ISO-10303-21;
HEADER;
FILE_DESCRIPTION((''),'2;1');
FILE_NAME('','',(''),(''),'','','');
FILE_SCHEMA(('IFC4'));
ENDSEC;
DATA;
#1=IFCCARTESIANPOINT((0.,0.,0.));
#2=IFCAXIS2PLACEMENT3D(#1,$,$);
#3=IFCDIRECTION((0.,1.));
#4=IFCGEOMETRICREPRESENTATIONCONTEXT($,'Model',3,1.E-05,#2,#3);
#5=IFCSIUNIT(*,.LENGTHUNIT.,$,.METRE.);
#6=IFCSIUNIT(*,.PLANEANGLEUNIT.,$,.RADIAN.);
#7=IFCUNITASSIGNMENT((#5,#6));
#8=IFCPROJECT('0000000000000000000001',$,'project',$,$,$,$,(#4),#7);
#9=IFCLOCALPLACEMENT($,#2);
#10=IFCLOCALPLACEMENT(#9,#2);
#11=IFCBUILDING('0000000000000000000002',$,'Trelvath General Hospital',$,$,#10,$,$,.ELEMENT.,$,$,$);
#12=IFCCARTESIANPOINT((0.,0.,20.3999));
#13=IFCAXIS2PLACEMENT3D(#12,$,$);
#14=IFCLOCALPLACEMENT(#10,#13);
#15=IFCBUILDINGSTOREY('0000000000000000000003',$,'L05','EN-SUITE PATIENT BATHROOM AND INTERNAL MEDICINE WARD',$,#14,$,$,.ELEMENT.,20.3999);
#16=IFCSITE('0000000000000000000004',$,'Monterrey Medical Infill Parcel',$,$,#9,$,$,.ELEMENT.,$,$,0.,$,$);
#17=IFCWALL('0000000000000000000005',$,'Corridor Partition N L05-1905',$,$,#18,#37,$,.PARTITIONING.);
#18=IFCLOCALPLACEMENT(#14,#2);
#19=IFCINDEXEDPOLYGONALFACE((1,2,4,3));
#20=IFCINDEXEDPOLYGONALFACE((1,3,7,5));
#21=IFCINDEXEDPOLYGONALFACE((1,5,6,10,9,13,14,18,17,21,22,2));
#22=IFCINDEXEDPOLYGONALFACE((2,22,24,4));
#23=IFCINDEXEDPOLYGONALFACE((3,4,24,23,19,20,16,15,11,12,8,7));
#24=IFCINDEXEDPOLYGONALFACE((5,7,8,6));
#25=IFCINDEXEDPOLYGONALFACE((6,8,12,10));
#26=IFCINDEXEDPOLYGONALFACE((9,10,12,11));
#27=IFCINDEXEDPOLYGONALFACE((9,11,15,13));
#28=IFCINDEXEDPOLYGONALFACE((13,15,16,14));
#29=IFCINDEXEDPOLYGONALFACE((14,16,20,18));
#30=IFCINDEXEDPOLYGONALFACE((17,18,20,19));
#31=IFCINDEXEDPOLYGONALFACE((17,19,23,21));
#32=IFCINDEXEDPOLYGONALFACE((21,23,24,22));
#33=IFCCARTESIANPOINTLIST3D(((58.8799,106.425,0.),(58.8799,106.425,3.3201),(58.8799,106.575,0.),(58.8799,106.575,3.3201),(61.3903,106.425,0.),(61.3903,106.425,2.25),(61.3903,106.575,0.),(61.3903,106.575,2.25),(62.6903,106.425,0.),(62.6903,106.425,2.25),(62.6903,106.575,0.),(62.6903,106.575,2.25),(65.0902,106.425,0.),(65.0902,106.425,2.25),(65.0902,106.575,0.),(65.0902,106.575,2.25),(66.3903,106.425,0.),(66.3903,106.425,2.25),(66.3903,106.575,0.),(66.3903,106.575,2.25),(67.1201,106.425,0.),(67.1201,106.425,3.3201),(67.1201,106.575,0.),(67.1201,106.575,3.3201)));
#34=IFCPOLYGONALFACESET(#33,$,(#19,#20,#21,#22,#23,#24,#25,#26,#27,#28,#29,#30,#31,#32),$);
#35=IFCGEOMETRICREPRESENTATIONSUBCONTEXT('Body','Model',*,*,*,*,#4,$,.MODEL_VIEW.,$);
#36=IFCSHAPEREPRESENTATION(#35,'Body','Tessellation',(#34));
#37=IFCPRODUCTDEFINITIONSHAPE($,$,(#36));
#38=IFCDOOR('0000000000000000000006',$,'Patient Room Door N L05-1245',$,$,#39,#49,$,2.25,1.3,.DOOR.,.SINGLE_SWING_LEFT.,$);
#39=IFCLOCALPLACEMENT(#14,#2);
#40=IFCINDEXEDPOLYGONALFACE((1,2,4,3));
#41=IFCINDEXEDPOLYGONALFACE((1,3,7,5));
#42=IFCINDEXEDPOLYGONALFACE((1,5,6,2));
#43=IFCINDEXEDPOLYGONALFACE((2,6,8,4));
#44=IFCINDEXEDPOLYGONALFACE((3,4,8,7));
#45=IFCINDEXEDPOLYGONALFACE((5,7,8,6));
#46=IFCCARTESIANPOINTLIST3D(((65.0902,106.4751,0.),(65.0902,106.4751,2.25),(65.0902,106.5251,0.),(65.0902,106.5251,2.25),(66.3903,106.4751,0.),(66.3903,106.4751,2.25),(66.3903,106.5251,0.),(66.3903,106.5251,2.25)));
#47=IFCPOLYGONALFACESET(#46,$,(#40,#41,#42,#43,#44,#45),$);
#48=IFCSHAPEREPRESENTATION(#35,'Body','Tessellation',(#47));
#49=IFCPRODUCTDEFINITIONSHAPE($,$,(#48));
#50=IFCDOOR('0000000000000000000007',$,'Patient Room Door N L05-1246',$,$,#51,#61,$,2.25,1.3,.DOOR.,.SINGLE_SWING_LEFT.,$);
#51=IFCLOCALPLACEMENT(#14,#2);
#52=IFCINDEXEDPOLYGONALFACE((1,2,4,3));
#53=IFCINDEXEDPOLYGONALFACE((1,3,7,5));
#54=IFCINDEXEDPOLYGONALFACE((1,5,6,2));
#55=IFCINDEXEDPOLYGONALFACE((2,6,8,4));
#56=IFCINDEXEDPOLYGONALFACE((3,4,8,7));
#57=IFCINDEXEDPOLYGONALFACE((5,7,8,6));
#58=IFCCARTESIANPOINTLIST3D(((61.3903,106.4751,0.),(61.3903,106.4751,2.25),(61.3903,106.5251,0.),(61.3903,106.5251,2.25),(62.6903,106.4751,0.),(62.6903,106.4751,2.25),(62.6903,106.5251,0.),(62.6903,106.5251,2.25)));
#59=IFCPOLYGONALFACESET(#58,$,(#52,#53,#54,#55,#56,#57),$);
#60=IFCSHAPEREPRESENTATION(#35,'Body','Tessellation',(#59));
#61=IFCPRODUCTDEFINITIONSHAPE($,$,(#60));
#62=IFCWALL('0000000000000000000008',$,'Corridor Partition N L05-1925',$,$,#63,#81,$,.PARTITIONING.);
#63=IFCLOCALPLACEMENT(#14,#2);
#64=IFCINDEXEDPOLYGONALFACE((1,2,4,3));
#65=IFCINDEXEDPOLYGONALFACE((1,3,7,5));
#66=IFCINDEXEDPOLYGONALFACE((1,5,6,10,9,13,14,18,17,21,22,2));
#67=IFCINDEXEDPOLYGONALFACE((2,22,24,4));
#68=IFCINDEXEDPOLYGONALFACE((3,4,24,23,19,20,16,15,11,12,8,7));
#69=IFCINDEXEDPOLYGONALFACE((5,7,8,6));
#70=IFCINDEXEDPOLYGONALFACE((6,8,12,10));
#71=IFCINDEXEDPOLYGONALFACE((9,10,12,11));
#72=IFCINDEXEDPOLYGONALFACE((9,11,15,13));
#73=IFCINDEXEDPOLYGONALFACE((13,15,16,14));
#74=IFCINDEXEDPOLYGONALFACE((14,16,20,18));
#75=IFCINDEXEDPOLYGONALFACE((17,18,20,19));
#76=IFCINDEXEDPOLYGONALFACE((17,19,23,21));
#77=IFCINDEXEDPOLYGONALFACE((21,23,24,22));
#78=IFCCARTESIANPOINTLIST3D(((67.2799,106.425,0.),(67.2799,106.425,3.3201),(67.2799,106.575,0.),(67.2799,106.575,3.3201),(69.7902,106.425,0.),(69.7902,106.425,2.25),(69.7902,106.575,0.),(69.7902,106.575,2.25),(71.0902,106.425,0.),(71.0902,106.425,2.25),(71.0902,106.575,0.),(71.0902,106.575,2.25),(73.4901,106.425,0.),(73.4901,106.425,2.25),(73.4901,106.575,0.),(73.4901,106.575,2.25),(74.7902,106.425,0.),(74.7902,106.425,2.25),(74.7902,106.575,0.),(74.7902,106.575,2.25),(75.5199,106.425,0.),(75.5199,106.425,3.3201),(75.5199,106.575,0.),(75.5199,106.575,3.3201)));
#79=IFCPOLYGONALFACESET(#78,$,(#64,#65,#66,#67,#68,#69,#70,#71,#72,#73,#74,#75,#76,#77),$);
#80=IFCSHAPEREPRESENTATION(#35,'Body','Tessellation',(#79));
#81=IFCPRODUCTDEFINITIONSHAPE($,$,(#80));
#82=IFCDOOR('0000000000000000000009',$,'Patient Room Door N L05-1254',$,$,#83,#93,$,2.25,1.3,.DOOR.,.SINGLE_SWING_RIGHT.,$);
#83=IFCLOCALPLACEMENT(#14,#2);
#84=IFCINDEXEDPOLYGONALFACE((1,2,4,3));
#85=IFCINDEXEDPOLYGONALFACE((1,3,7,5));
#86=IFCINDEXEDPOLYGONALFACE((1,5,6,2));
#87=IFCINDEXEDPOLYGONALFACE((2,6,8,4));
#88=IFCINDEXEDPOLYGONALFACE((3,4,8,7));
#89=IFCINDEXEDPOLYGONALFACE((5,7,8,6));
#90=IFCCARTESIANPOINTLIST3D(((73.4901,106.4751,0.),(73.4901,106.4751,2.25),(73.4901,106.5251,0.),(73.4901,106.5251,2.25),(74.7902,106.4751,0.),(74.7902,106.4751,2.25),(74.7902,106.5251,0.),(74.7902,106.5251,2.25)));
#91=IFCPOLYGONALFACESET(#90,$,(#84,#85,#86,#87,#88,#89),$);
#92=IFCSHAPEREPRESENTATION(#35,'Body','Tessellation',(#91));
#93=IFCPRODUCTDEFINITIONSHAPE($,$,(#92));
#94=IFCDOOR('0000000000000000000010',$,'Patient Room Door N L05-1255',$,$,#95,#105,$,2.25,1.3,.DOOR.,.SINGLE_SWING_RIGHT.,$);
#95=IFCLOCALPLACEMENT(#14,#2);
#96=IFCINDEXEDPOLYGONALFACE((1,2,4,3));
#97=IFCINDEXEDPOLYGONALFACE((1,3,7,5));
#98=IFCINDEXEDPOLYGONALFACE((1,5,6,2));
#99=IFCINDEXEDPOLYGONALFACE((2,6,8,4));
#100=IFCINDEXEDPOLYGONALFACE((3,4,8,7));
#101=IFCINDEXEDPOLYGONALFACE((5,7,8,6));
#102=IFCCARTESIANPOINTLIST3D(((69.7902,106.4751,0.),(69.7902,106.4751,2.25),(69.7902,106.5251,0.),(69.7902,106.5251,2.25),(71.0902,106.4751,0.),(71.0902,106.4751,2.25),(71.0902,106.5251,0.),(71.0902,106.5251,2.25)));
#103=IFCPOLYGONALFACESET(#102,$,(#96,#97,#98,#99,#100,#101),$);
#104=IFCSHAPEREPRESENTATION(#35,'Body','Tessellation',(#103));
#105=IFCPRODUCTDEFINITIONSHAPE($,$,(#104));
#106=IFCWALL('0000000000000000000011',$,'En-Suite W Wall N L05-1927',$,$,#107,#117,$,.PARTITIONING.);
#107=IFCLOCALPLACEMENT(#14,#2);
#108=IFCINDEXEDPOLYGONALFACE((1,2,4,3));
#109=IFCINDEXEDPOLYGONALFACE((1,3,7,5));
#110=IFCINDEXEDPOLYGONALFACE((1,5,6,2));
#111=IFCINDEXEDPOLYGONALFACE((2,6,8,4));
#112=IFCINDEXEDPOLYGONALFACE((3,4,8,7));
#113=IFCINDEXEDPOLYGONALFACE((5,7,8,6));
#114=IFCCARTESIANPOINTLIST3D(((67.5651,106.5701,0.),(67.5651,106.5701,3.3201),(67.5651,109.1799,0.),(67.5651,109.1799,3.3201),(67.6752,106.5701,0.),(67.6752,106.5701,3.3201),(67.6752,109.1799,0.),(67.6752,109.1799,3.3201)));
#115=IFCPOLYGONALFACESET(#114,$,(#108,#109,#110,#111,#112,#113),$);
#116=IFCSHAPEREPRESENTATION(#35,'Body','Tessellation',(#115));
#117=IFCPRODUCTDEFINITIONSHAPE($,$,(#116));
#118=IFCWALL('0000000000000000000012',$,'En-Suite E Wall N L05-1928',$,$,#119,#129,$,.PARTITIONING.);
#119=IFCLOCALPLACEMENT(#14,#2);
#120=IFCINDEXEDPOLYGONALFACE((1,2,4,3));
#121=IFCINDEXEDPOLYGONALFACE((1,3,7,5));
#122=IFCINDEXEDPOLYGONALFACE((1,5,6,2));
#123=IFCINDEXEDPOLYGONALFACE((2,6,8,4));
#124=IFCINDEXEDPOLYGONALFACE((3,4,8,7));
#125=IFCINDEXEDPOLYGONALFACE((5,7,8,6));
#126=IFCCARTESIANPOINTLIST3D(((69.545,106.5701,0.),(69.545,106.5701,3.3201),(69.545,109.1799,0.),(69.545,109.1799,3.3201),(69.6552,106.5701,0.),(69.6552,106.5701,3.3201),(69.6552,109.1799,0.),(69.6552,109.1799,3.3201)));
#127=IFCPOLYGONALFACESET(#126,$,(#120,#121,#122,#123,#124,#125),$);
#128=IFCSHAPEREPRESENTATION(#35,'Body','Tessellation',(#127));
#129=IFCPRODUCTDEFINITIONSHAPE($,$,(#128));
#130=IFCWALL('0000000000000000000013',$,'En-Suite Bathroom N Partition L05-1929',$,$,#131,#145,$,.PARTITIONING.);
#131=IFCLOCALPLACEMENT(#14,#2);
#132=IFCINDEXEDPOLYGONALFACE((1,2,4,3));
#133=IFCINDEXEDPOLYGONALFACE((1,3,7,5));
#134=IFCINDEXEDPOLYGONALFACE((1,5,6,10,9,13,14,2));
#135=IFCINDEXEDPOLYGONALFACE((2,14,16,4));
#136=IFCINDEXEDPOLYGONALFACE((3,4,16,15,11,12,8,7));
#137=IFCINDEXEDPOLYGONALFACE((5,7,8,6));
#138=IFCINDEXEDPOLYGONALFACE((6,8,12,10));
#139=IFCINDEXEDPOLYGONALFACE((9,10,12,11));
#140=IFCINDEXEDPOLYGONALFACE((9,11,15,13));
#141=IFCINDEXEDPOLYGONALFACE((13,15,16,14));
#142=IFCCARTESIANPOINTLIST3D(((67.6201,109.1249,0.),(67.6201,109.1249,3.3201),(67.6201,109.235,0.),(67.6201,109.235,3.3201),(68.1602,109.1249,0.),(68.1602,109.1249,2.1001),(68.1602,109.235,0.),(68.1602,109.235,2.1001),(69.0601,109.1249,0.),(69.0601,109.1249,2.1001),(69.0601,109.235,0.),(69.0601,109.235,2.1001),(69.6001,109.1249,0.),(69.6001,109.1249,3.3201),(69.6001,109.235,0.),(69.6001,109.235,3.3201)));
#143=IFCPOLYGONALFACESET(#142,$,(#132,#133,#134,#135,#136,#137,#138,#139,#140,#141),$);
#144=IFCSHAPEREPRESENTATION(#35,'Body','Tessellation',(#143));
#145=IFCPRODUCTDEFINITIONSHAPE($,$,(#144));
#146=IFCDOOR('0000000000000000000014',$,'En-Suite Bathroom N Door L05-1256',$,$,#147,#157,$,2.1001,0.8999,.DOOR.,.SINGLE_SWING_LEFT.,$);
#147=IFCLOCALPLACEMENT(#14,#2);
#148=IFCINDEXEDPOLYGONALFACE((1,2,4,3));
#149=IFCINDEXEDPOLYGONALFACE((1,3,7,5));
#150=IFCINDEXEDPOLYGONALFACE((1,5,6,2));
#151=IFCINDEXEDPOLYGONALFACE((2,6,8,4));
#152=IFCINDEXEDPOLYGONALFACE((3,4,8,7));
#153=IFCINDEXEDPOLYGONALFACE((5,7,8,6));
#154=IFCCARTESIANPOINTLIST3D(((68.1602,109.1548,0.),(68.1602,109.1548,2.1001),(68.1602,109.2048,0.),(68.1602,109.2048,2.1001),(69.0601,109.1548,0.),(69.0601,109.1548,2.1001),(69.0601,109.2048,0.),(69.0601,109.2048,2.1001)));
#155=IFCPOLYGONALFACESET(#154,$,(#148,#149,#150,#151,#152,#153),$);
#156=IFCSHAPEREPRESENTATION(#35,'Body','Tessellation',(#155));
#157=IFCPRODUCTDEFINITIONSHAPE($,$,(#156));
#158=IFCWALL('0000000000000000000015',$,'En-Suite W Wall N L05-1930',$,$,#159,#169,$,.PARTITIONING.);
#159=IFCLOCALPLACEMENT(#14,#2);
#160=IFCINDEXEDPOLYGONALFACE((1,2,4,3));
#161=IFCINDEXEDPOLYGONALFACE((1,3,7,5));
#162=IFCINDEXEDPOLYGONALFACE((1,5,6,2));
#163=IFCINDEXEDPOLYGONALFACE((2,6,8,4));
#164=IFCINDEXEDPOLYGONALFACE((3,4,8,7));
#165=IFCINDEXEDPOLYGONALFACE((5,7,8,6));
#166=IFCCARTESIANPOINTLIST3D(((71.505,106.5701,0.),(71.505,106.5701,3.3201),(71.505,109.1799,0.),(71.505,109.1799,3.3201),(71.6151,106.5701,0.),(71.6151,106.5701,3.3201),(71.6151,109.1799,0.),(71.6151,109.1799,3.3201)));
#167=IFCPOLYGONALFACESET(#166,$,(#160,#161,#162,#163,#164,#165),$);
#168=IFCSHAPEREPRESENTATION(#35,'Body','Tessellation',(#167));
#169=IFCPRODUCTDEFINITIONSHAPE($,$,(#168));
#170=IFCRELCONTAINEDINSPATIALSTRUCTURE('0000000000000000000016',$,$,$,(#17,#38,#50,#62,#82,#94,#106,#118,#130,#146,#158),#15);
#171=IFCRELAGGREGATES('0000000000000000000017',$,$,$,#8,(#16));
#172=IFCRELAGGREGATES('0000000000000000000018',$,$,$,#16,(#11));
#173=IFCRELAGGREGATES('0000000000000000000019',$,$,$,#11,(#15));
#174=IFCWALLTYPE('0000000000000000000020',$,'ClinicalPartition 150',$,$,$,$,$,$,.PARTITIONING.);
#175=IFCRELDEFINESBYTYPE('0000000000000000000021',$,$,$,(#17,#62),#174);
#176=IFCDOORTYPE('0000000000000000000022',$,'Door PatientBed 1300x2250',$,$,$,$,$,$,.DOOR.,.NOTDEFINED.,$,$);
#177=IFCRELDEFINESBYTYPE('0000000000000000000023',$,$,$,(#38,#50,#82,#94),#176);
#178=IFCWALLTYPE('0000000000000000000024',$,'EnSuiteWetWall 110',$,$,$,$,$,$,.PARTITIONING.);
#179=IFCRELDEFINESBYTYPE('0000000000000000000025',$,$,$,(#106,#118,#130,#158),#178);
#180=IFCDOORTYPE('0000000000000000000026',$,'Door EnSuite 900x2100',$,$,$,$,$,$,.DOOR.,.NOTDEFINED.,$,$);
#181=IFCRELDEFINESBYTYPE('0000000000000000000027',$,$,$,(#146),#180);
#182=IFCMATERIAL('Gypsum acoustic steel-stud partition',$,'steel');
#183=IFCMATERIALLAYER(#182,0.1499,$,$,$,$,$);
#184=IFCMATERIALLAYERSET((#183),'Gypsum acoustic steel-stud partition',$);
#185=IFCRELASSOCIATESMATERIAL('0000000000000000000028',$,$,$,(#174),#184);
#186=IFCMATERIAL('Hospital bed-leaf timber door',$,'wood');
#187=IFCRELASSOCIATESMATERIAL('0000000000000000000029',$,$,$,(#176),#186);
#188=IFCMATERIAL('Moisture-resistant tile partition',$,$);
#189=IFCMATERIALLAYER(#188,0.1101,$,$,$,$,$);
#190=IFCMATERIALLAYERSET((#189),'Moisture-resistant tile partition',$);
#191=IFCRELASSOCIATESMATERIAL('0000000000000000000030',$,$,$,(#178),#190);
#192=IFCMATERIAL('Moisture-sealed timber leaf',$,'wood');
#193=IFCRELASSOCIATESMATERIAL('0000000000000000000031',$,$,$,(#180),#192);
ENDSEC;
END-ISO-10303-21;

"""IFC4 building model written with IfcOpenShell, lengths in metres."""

from ifc_helpers import new_model, si_unit, direction, frame, frame_2d, origin, place, context, subcontext, project, spatial, rectangle, extrude, material, layer, layer_set, type_object, element, fill, save


model = new_model("IFC4")

# Units and contexts
model_context = context("Model", 3, precision=1e-05, world=origin(), true_north=direction((0.0, 1.0)))
body_context = subcontext(model_context, "Body", "Model", "MODEL_VIEW")
ifc_project = project(units=[si_unit("LENGTHUNIT", "METRE"), si_unit("PLANEANGLEUNIT", "RADIAN")], contexts=[model_context])

# Site, building, storey
site_placement = place(None, origin())
site = spatial("IfcSite", under=ifc_project, at=site_placement, Name="Monterrey Medical Infill Parcel", CompositionType="ELEMENT", RefElevation=0.0)
building_placement = place(site_placement, origin())
building = spatial("IfcBuilding", under=site, at=building_placement, Name="Trelvath General Hospital", CompositionType="ELEMENT")
storey_placement = place(building_placement, frame((0.0, 0.0, 20.3999)))
storey = spatial("IfcBuildingStorey", under=building, at=storey_placement, Name="L05", Description="EN-SUITE PATIENT BATHROOM AND INTERNAL MEDICINE WARD", CompositionType="ELEMENT", Elevation=20.3999)

# Walls, openings, doors
ifc_material_1 = material(Name="Gypsum acoustic steel-stud partition", Category="steel")
ifc_layer_1 = layer(ifc_material_1, 0.1499)
ifc_layer_set_1 = layer_set([ifc_layer_1], Name="Gypsum acoustic steel-stud partition")
wall_type_1 = type_object("IfcWallType", Name="ClinicalPartition 150", PredefinedType="PARTITIONING", material=ifc_layer_set_1)
wall_1_placement = place(storey_placement, frame((67.1201, 106.5, 0.0), z_axis=(0.0, 0.0, 1.0), x_axis=(-1.0, 0.0, 0.0)))
wall_1 = element("IfcWall", 1, at=wall_1_placement, inside=storey, type_object=wall_type_1, Name="Corridor Partition N L05-1905", PredefinedType="PARTITIONING", context=body_context, shape_type="SweptSolid", body=[
    extrude(rectangle(XDim=8.2402, YDim=0.1499, at=frame_2d((4.1201, 0.0))), origin(), (0.0, 0.0, 1.0), 3.3201),
])
opening_1_placement = place(wall_1_placement, frame((0.73, 0.0, 0.0)))
opening_1 = element("IfcOpeningElement", 2, at=opening_1_placement, cuts=wall_1, PredefinedType="OPENING", context=body_context, shape_type="SweptSolid", body=[
    extrude(rectangle(XDim=1.3, YDim=2.25, at=frame_2d((0.6499, 1.125))), frame((0.0, 0.085, 0.0), z_axis=(0.0, -1.0, 0.0), x_axis=(1.0, 0.0, 0.0)), (0.0, 0.0, 1.0), 0.1699),
])
opening_2_placement = place(wall_1_placement, frame((4.4299, 0.0, 0.0)))
opening_2 = element("IfcOpeningElement", 3, at=opening_2_placement, cuts=wall_1, PredefinedType="OPENING", context=body_context, shape_type="SweptSolid", body=[
    extrude(rectangle(XDim=1.3, YDim=2.25, at=frame_2d((0.6499, 1.125))), frame((0.0, 0.085, 0.0), z_axis=(0.0, -1.0, 0.0), x_axis=(1.0, 0.0, 0.0)), (0.0, 0.0, 1.0), 0.1699),
])
ifc_material_2 = material(Name="Hospital bed-leaf timber door", Category="wood")
door_type_1 = type_object("IfcDoorType", Name="Door PatientBed 1300x2250", OperationType="NOTDEFINED", PredefinedType="DOOR", material=ifc_material_2)
door_1_placement = place(opening_1_placement, origin())
door_1 = element("IfcDoor", 4, at=door_1_placement, inside=storey, type_object=door_type_1, Name="Patient Room Door N L05-1245", OperationType="SINGLE_SWING_LEFT", OverallHeight=2.25, OverallWidth=1.3, PredefinedType="DOOR", context=body_context, shape_type="SweptSolid", body=[
    extrude(rectangle(XDim=1.3, YDim=2.25, at=frame_2d((0.6499, 1.125))), frame((0.0, 0.0249, 0.0), z_axis=(0.0, -1.0, 0.0), x_axis=(1.0, 0.0, 0.0)), (0.0, 0.0, 1.0), 0.05),
])
fill(opening_1, door_1)
door_2_placement = place(opening_2_placement, origin())
door_2 = element("IfcDoor", 5, at=door_2_placement, inside=storey, type_object=door_type_1, Name="Patient Room Door N L05-1246", OperationType="SINGLE_SWING_LEFT", OverallHeight=2.25, OverallWidth=1.3, PredefinedType="DOOR", context=body_context, shape_type="SweptSolid", body=[
    extrude(rectangle(XDim=1.3, YDim=2.25, at=frame_2d((0.6499, 1.125))), frame((0.0, 0.0249, 0.0), z_axis=(0.0, -1.0, 0.0), x_axis=(1.0, 0.0, 0.0)), (0.0, 0.0, 1.0), 0.05),
])
fill(opening_2, door_2)
wall_2_placement = place(storey_placement, frame((75.52, 106.5, 0.0), z_axis=(0.0, 0.0, 1.0), x_axis=(-1.0, 0.0, 0.0)))
wall_2 = element("IfcWall", 6, at=wall_2_placement, inside=storey, type_object=wall_type_1, Name="Corridor Partition N L05-1925", PredefinedType="PARTITIONING", context=body_context, shape_type="SweptSolid", body=[
    extrude(rectangle(XDim=8.24, YDim=0.1499, at=frame_2d((4.1201, 0.0))), origin(), (0.0, 0.0, 1.0), 3.3201),
])
opening_3_placement = place(wall_2_placement, frame((0.73, 0.0, 0.0)))
opening_3 = element("IfcOpeningElement", 7, at=opening_3_placement, cuts=wall_2, PredefinedType="OPENING", context=body_context, shape_type="SweptSolid", body=[
    extrude(rectangle(XDim=1.3, YDim=2.25, at=frame_2d((0.6499, 1.125))), frame((0.0, 0.085, 0.0), z_axis=(0.0, -1.0, 0.0), x_axis=(1.0, 0.0, 0.0)), (0.0, 0.0, 1.0), 0.1699),
])
opening_4_placement = place(wall_2_placement, frame((4.4299, 0.0, 0.0)))
opening_4 = element("IfcOpeningElement", 8, at=opening_4_placement, cuts=wall_2, PredefinedType="OPENING", context=body_context, shape_type="SweptSolid", body=[
    extrude(rectangle(XDim=1.3, YDim=2.25, at=frame_2d((0.6499, 1.125))), frame((0.0, 0.085, 0.0), z_axis=(0.0, -1.0, 0.0), x_axis=(1.0, 0.0, 0.0)), (0.0, 0.0, 1.0), 0.1699),
])
door_3_placement = place(opening_3_placement, origin())
door_3 = element("IfcDoor", 9, at=door_3_placement, inside=storey, type_object=door_type_1, Name="Patient Room Door N L05-1254", OperationType="SINGLE_SWING_RIGHT", OverallHeight=2.25, OverallWidth=1.3, PredefinedType="DOOR", context=body_context, shape_type="SweptSolid", body=[
    extrude(rectangle(XDim=1.3, YDim=2.25, at=frame_2d((0.6499, 1.125))), frame((0.0, 0.0249, 0.0), z_axis=(0.0, -1.0, 0.0), x_axis=(1.0, 0.0, 0.0)), (0.0, 0.0, 1.0), 0.05),
])
fill(opening_3, door_3)
door_4_placement = place(opening_4_placement, origin())
door_4 = element("IfcDoor", 10, at=door_4_placement, inside=storey, type_object=door_type_1, Name="Patient Room Door N L05-1255", OperationType="SINGLE_SWING_RIGHT", OverallHeight=2.25, OverallWidth=1.3, PredefinedType="DOOR", context=body_context, shape_type="SweptSolid", body=[
    extrude(rectangle(XDim=1.3, YDim=2.25, at=frame_2d((0.6499, 1.125))), frame((0.0, 0.0249, 0.0), z_axis=(0.0, -1.0, 0.0), x_axis=(1.0, 0.0, 0.0)), (0.0, 0.0, 1.0), 0.05),
])
fill(opening_4, door_4)

# Walls
ifc_material_3 = material(Name="Moisture-resistant tile partition")
ifc_layer_2 = layer(ifc_material_3, 0.1101)
ifc_layer_set_2 = layer_set([ifc_layer_2], Name="Moisture-resistant tile partition")
wall_type_2 = type_object("IfcWallType", Name="EnSuiteWetWall 110", PredefinedType="PARTITIONING", material=ifc_layer_set_2)
for number, where, z_axis, x_axis, name in (
    (11, (67.6201, 106.5701, 0.0), (0.0, 0.0, 1.0), (0.0, 1.0, 0.0), "En-Suite W Wall N L05-1927"),
    (12, (69.6001, 106.5701, 0.0), (0.0, 0.0, 1.0), (0.0, 1.0, 0.0), "En-Suite E Wall N L05-1928"),
):
    element("IfcWall", number, at=place(storey_placement, frame(where, z_axis=z_axis, x_axis=x_axis)), inside=storey, type_object=wall_type_2, Name=name, PredefinedType="PARTITIONING", context=body_context, shape_type="SweptSolid", body=[
        extrude(rectangle(XDim=2.6099, YDim=0.1101, at=frame_2d((1.3049, 0.0))), origin(), (0.0, 0.0, 1.0), 3.3201),
    ])

# Wall, opening, door
wall_3_placement = place(storey_placement, frame((67.6201, 109.1799, 0.0), z_axis=(0.0, 0.0, 1.0), x_axis=(1.0, 0.0, 0.0)))
wall_3 = element("IfcWall", 13, at=wall_3_placement, inside=storey, type_object=wall_type_2, Name="En-Suite Bathroom N Partition L05-1929", PredefinedType="PARTITIONING", context=body_context, shape_type="SweptSolid", body=[
    extrude(rectangle(XDim=1.98, YDim=0.1101, at=frame_2d((0.99, 0.0))), origin(), (0.0, 0.0, 1.0), 3.3201),
])
opening_5_placement = place(wall_3_placement, frame((0.54, 0.0, 0.0)))
opening_5 = element("IfcOpeningElement", 14, at=opening_5_placement, cuts=wall_3, PredefinedType="OPENING", context=body_context, shape_type="SweptSolid", body=[
    extrude(rectangle(XDim=0.8999, YDim=2.1001, at=frame_2d((0.45, 1.05))), frame((0.0, 0.0649, 0.0), z_axis=(0.0, -1.0, 0.0), x_axis=(1.0, 0.0, 0.0)), (0.0, 0.0, 1.0), 0.1301),
])
ifc_material_4 = material(Name="Moisture-sealed timber leaf", Category="wood")
door_type_2 = type_object("IfcDoorType", Name="Door EnSuite 900x2100", OperationType="NOTDEFINED", PredefinedType="DOOR", material=ifc_material_4)
door_5_placement = place(opening_5_placement, origin())
door_5 = element("IfcDoor", 15, at=door_5_placement, inside=storey, type_object=door_type_2, Name="En-Suite Bathroom N Door L05-1256", OperationType="SINGLE_SWING_LEFT", OverallHeight=2.1001, OverallWidth=0.8999, PredefinedType="DOOR", context=body_context, shape_type="SweptSolid", body=[
    extrude(rectangle(XDim=0.8999, YDim=2.1001, at=frame_2d((0.45, 1.05))), frame((0.0, 0.0249, 0.0), z_axis=(0.0, -1.0, 0.0), x_axis=(1.0, 0.0, 0.0)), (0.0, 0.0, 1.0), 0.05),
])
fill(opening_5, door_5)

# Wall
for number, where, z_axis, x_axis, name in (
    (16, (71.5601, 106.5701, 0.0), (0.0, 0.0, 1.0), (0.0, 1.0, 0.0), "En-Suite W Wall N L05-1930"),
):
    element("IfcWall", number, at=place(storey_placement, frame(where, z_axis=z_axis, x_axis=x_axis)), inside=storey, type_object=wall_type_2, Name=name, PredefinedType="PARTITIONING", context=body_context, shape_type="SweptSolid", body=[
        extrude(rectangle(XDim=2.6099, YDim=0.1101, at=frame_2d((1.3049, 0.0))), origin(), (0.0, 0.0, 1.0), 3.3201),
    ])

save(model, "model.ifc")
